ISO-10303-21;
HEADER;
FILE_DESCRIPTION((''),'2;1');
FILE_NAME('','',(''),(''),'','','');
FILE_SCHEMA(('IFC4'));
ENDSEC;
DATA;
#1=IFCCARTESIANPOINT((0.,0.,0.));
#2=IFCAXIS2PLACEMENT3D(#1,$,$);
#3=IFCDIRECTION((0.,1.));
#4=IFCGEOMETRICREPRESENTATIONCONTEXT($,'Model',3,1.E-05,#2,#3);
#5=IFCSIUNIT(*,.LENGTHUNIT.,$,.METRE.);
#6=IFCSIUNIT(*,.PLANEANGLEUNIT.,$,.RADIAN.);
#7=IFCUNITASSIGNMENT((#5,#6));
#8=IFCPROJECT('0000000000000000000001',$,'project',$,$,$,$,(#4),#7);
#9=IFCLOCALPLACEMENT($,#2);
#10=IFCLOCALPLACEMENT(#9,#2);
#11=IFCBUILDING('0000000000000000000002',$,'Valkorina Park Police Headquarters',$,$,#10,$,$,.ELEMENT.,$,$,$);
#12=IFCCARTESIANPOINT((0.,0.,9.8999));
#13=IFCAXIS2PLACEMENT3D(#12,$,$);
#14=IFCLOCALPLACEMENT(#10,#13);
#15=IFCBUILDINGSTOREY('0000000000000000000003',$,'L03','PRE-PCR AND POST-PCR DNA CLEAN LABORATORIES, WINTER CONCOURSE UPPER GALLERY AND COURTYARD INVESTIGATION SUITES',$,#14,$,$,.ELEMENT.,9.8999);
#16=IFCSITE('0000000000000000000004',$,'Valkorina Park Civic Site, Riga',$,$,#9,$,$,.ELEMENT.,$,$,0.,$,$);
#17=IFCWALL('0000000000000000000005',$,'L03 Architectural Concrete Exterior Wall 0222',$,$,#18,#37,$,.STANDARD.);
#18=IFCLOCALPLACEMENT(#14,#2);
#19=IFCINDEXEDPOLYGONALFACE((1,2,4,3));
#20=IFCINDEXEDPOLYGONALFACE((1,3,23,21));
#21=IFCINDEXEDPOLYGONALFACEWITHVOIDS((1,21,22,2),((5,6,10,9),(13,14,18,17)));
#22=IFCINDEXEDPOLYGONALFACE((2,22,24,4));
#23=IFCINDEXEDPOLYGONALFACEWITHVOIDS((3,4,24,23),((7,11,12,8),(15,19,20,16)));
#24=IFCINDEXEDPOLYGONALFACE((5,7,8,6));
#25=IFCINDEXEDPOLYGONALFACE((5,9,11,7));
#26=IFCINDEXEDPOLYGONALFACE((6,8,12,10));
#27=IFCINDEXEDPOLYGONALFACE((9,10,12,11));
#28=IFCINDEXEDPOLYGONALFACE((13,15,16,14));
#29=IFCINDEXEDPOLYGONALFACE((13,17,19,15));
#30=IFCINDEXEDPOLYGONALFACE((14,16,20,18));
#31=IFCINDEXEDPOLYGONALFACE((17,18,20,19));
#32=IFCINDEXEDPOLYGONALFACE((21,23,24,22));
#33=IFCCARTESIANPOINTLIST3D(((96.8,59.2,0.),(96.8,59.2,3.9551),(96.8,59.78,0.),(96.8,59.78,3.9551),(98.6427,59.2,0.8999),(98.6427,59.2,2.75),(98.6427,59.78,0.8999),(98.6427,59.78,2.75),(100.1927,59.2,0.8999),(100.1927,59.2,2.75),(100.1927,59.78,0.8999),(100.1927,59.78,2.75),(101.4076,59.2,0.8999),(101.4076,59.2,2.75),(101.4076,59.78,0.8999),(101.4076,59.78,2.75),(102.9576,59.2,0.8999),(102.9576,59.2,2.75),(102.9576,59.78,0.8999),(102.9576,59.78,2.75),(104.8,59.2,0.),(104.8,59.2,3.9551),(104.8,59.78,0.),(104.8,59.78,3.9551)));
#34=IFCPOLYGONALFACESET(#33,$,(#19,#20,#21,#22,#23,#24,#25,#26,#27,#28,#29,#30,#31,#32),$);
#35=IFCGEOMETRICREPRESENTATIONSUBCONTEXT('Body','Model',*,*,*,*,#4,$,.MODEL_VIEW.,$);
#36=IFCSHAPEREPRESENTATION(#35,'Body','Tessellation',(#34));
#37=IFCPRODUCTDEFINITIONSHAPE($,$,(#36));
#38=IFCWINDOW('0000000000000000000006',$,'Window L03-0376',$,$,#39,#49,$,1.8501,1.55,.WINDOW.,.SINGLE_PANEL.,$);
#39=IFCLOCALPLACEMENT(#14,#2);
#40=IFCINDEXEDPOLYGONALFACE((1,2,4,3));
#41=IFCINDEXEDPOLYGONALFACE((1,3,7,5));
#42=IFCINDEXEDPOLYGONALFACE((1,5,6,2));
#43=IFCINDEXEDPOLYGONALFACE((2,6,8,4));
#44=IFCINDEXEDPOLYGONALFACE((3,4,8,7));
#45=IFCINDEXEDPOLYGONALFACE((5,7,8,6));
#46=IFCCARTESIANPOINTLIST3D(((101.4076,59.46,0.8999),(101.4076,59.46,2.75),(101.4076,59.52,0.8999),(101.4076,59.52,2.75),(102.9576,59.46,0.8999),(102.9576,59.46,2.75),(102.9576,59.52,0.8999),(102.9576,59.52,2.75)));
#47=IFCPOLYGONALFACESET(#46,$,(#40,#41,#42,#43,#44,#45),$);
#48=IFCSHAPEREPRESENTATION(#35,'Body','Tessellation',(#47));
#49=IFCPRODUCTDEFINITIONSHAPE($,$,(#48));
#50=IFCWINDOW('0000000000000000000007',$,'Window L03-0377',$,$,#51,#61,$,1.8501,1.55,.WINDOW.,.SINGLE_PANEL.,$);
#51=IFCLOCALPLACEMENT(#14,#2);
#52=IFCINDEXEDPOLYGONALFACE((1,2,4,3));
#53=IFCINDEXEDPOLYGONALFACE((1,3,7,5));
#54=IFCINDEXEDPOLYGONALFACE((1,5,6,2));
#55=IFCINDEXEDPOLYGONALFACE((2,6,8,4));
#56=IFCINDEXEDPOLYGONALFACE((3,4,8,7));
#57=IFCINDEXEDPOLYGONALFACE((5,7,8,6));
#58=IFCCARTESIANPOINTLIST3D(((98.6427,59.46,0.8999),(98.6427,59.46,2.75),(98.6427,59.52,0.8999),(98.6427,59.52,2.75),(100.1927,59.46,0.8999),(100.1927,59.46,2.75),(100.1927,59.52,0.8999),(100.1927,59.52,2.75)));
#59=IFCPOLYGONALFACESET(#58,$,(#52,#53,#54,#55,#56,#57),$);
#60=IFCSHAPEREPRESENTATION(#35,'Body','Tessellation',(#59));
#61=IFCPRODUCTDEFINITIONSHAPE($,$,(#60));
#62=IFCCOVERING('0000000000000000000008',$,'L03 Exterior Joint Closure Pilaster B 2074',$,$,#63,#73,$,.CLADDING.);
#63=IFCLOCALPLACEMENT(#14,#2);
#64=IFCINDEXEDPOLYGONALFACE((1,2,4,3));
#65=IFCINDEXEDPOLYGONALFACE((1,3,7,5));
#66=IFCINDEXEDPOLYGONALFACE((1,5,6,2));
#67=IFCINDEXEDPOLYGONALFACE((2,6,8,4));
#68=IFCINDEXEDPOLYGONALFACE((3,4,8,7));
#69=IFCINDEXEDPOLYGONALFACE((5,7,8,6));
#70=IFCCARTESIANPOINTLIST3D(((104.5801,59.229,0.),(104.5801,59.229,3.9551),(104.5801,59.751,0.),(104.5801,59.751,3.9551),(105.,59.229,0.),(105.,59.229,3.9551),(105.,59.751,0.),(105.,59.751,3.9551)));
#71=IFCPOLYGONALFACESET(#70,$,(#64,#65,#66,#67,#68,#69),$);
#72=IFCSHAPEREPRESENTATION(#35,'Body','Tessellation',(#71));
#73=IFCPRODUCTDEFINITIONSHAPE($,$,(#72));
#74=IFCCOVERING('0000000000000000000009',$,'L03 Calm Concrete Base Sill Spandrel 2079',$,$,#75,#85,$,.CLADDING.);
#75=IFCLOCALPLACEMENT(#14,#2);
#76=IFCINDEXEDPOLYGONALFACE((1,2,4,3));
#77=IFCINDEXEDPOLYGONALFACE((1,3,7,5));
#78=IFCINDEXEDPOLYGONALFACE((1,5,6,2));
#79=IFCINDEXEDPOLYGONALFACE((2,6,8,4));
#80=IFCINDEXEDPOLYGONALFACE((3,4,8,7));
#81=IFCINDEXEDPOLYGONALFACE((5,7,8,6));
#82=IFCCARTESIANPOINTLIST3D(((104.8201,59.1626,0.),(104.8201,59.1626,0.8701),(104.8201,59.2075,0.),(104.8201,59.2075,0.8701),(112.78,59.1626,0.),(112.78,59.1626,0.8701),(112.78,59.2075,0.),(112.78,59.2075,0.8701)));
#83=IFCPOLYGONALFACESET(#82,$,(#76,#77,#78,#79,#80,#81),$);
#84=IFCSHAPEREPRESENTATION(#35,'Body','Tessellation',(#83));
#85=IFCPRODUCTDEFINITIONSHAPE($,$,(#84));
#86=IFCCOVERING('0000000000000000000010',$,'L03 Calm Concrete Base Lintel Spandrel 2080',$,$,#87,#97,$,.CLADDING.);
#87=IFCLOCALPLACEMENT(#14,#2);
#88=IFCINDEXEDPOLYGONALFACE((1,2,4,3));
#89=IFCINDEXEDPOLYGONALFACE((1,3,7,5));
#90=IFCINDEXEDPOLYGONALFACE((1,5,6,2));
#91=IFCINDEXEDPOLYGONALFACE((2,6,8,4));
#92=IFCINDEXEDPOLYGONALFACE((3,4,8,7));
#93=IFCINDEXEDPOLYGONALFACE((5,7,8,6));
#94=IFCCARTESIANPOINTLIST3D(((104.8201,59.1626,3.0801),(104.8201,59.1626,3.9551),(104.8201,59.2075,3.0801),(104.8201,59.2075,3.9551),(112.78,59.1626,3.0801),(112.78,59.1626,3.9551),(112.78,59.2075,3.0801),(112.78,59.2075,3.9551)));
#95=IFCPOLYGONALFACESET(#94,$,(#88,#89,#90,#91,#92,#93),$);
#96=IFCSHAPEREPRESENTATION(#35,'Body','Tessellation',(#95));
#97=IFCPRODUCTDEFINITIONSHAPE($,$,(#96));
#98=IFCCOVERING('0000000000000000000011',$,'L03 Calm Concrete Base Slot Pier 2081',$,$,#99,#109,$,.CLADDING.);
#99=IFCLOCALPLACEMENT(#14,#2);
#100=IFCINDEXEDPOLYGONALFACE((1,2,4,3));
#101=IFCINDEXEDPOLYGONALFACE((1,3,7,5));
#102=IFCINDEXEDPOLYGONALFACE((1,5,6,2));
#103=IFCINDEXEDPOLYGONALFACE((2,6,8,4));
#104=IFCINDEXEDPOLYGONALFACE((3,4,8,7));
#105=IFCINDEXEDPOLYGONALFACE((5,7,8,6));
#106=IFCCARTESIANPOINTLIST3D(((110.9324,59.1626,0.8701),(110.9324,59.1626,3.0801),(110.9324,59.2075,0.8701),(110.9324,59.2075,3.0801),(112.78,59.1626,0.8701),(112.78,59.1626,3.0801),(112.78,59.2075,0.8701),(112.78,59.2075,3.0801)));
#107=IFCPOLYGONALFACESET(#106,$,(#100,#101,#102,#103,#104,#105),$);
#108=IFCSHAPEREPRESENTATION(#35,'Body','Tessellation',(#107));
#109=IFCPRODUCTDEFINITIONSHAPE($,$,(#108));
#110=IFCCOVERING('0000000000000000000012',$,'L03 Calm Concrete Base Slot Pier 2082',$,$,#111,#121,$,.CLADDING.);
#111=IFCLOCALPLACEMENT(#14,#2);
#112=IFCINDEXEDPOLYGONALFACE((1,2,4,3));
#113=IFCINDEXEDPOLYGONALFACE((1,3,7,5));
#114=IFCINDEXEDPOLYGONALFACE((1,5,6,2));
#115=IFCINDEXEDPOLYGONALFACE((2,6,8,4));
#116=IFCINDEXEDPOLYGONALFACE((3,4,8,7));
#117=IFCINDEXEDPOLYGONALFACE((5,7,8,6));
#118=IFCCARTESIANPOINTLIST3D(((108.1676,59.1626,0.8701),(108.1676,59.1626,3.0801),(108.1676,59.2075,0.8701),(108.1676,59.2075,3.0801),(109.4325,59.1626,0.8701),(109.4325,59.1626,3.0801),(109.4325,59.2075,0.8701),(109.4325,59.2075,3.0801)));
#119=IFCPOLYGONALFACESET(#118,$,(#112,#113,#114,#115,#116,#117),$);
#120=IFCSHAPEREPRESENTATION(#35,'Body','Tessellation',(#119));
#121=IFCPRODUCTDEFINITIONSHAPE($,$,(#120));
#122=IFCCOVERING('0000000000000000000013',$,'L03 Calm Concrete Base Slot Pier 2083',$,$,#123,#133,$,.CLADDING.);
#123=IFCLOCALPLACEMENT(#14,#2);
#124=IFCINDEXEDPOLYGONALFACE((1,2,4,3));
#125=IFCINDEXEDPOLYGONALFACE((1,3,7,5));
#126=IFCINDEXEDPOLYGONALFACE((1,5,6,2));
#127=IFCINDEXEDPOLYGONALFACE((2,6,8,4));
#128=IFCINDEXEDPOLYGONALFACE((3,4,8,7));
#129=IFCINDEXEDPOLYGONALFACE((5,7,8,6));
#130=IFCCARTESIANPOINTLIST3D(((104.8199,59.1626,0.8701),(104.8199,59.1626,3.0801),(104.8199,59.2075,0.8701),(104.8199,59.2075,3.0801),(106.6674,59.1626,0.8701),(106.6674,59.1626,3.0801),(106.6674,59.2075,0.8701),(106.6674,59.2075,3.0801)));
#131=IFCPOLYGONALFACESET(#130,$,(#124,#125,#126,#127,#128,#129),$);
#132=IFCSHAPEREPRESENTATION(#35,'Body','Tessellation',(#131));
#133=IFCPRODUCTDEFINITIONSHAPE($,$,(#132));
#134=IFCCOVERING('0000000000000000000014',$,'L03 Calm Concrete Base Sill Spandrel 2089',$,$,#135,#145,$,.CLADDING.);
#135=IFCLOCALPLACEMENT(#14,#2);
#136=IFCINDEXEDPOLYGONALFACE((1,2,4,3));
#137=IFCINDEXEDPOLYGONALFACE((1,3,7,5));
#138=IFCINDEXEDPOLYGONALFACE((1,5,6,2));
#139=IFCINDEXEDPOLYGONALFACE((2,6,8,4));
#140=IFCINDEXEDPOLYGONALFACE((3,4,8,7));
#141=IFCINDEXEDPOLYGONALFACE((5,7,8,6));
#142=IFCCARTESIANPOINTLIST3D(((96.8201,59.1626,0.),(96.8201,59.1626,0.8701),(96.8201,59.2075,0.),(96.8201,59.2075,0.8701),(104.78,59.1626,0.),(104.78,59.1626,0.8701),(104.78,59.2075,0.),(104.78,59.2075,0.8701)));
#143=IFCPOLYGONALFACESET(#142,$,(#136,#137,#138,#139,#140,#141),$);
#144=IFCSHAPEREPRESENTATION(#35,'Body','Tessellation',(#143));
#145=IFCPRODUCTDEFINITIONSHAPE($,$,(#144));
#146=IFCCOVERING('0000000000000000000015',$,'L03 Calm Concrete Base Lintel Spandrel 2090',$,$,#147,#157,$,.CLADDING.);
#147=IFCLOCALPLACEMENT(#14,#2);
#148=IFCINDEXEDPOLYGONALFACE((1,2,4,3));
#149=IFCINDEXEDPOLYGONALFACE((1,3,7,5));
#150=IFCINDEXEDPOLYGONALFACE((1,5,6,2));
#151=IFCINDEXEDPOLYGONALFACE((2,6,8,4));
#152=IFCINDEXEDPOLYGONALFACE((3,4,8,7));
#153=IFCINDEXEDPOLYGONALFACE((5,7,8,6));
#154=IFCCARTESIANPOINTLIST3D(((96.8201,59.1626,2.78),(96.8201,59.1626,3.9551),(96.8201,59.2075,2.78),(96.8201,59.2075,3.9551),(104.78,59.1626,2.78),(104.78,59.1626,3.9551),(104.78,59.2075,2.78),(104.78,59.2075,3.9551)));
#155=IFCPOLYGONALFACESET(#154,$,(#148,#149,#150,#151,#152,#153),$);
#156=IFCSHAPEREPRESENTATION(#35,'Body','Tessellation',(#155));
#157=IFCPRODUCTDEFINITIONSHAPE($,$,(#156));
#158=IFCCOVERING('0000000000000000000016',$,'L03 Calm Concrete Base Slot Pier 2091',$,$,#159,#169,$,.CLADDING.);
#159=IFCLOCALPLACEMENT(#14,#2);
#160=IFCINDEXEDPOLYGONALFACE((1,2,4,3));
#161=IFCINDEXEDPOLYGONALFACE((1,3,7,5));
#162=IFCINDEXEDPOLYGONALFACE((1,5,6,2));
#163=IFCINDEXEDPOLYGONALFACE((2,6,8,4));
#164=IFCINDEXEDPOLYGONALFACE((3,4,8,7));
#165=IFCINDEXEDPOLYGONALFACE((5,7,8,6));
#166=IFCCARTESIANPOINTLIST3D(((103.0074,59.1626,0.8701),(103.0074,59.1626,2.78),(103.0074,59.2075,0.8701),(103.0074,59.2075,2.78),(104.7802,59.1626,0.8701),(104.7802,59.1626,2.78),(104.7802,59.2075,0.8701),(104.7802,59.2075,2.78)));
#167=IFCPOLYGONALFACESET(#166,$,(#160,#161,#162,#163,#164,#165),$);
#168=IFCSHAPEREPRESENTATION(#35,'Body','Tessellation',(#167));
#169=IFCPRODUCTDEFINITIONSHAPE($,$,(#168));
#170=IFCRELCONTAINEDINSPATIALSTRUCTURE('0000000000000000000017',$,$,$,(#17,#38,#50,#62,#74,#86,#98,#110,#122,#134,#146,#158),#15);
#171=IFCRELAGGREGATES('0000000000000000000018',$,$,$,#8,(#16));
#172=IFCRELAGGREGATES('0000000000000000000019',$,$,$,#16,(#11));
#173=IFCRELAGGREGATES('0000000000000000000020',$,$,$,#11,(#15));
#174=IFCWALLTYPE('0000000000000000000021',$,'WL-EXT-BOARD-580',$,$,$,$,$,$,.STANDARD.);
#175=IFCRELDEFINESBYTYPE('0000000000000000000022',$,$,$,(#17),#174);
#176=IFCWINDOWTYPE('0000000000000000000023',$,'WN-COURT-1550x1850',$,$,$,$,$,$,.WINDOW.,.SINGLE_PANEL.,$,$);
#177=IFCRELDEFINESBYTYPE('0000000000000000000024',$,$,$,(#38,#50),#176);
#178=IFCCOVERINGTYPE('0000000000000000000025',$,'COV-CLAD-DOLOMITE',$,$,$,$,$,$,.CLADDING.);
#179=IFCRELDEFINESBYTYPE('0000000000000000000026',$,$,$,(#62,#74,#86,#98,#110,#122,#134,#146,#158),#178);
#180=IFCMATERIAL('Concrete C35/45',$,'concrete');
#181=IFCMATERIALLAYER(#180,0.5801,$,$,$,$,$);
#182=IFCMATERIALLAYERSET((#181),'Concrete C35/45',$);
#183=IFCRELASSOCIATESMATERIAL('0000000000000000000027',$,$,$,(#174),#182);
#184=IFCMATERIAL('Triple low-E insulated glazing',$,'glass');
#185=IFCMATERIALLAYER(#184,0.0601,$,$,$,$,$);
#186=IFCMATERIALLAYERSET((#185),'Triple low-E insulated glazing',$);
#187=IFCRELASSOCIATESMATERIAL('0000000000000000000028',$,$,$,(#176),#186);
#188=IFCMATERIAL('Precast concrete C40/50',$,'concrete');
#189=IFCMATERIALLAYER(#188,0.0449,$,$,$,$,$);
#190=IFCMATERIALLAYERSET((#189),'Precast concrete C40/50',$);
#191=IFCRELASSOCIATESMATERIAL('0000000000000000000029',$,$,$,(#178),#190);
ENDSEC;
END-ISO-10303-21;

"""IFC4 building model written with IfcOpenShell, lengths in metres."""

from ifc_helpers import new_model, si_unit, direction, frame, frame_2d, origin, origin_2d, place, context, subcontext, project, spatial, rectangle, extrude, material, layer, layer_set, type_object, element, fill, save


model = new_model("IFC4")

# Units and contexts
model_context = context("Model", 3, precision=1e-05, world=origin(), true_north=direction((0.0, 1.0)))
body_context = subcontext(model_context, "Body", "Model", "MODEL_VIEW")
ifc_project = project(units=[si_unit("LENGTHUNIT", "METRE"), si_unit("PLANEANGLEUNIT", "RADIAN")], contexts=[model_context])

# Site, building, storey
site_placement = place(None, origin())
site = spatial("IfcSite", under=ifc_project, at=site_placement, Name="Valkorina Park Civic Site, Riga", CompositionType="ELEMENT", RefElevation=0.0)
building_placement = place(site_placement, origin())
building = spatial("IfcBuilding", under=site, at=building_placement, Name="Valkorina Park Police Headquarters", CompositionType="ELEMENT")
storey_placement = place(building_placement, frame((0.0, 0.0, 9.8999)))
storey = spatial("IfcBuildingStorey", under=building, at=storey_placement, Name="L03", Description="PRE-PCR AND POST-PCR DNA CLEAN LABORATORIES, WINTER CONCOURSE UPPER GALLERY AND COURTYARD INVESTIGATION SUITES", CompositionType="ELEMENT", Elevation=9.8999)

# Wall, openings, windows
ifc_material_1 = material(Name="Concrete C35/45", Category="concrete")
ifc_layer_1 = layer(ifc_material_1, 0.5801)
ifc_layer_set_1 = layer_set([ifc_layer_1], Name="Concrete C35/45")
wall_type_1 = type_object("IfcWallType", Name="WL-EXT-BOARD-580", PredefinedType="STANDARD", material=ifc_layer_set_1)
wall_1_placement = place(storey_placement, frame((104.8, 59.49, 0.0), z_axis=(0.0, 0.0, 1.0), x_axis=(-1.0, 0.0, 0.0)))
wall_1 = element("IfcWall", 1, at=wall_1_placement, inside=storey, type_object=wall_type_1, Name="L03 Architectural Concrete Exterior Wall 0222", PredefinedType="STANDARD", context=body_context, shape_type="SweptSolid", body=[
    extrude(rectangle(XDim=8.0, YDim=0.5801, at=frame_2d((4.0, 0.0))), origin(), (0.0, 0.0, 1.0), 3.9551),
])
opening_1_placement = place(wall_1_placement, frame((1.8425, 0.0, 0.8999)))
opening_1 = element("IfcOpeningElement", 2, at=opening_1_placement, cuts=wall_1, PredefinedType="OPENING", context=body_context, shape_type="SweptSolid", body=[
    extrude(rectangle(XDim=1.55, YDim=1.8501, at=frame_2d((0.7749, 0.925))), frame((0.0, 0.3, 0.0), z_axis=(0.0, -1.0, 0.0), x_axis=(1.0, 0.0, 0.0)), (0.0, 0.0, 1.0), 0.6001),
])
opening_2_placement = place(wall_1_placement, frame((4.6074, 0.0, 0.8999)))
opening_2 = element("IfcOpeningElement", 3, at=opening_2_placement, cuts=wall_1, PredefinedType="OPENING", context=body_context, shape_type="SweptSolid", body=[
    extrude(rectangle(XDim=1.55, YDim=1.8501, at=frame_2d((0.7749, 0.925))), frame((0.0, 0.3, 0.0), z_axis=(0.0, -1.0, 0.0), x_axis=(1.0, 0.0, 0.0)), (0.0, 0.0, 1.0), 0.6001),
])
ifc_material_2 = material(Name="Triple low-E insulated glazing", Category="glass")
ifc_layer_2 = layer(ifc_material_2, 0.0601)
ifc_layer_set_2 = layer_set([ifc_layer_2], Name="Triple low-E insulated glazing")
window_type = type_object("IfcWindowType", Name="WN-COURT-1550x1850", PartitioningType="SINGLE_PANEL", PredefinedType="WINDOW", material=ifc_layer_set_2)
window_1_placement = place(opening_1_placement, origin())
window_1 = element("IfcWindow", 4, at=window_1_placement, inside=storey, type_object=window_type, Name="Window L03-0376", OverallHeight=1.8501, OverallWidth=1.55, PartitioningType="SINGLE_PANEL", PredefinedType="WINDOW", context=body_context, shape_type="SweptSolid", body=[
    extrude(rectangle(XDim=1.55, YDim=1.8501, at=frame_2d((0.7749, 0.925))), frame((0.0, 0.03, 0.0), z_axis=(0.0, -1.0, 0.0), x_axis=(1.0, 0.0, 0.0)), (0.0, 0.0, 1.0), 0.0601),
])
fill(opening_1, window_1)
window_2_placement = place(opening_2_placement, origin())
window_2 = element("IfcWindow", 5, at=window_2_placement, inside=storey, type_object=window_type, Name="Window L03-0377", OverallHeight=1.8501, OverallWidth=1.55, PartitioningType="SINGLE_PANEL", PredefinedType="WINDOW", context=body_context, shape_type="SweptSolid", body=[
    extrude(rectangle(XDim=1.55, YDim=1.8501, at=frame_2d((0.7749, 0.925))), frame((0.0, 0.03, 0.0), z_axis=(0.0, -1.0, 0.0), x_axis=(1.0, 0.0, 0.0)), (0.0, 0.0, 1.0), 0.0601),
])
fill(opening_2, window_2)

# Coverings
ifc_material_3 = material(Name="Precast concrete C40/50", Category="concrete")
ifc_layer_3 = layer(ifc_material_3, 0.0449)
ifc_layer_set_3 = layer_set([ifc_layer_3], Name="Precast concrete C40/50")
covering_type = type_object("IfcCoveringType", Name="COV-CLAD-DOLOMITE", PredefinedType="CLADDING", material=ifc_layer_set_3)
covering_1_placement = place(storey_placement, frame((104.79, 59.49, 0.0), z_axis=(0.0, 0.0, 1.0), x_axis=(1.0, 0.0, 0.0)))
element("IfcCovering", 6, at=covering_1_placement, inside=storey, type_object=covering_type, Name="L03 Exterior Joint Closure Pilaster B 2074", PredefinedType="CLADDING", context=body_context, shape_type="SweptSolid", body=[
    extrude(rectangle(XDim=0.4199, YDim=0.522, at=origin_2d()), origin(), (0.0, 0.0, 1.0), 3.9551),
])
covering_2_placement = place(storey_placement, frame((112.78, 59.1851, 0.0), z_axis=(0.0, 0.0, 1.0), x_axis=(-1.0, 0.0, 0.0)))
element("IfcCovering", 7, at=covering_2_placement, inside=storey, type_object=covering_type, Name="L03 Calm Concrete Base Sill Spandrel 2079", PredefinedType="CLADDING", context=body_context, shape_type="SweptSolid", body=[
    extrude(rectangle(XDim=7.96, YDim=0.0449, at=frame_2d((3.98, 0.0))), origin(), (0.0, 0.0, 1.0), 0.8701),
])
covering_3_placement = place(storey_placement, frame((112.78, 59.1851, 3.0801), z_axis=(0.0, 0.0, 1.0), x_axis=(-1.0, 0.0, 0.0)))
element("IfcCovering", 8, at=covering_3_placement, inside=storey, type_object=covering_type, Name="L03 Calm Concrete Base Lintel Spandrel 2080", PredefinedType="CLADDING", context=body_context, shape_type="SweptSolid", body=[
    extrude(rectangle(XDim=7.96, YDim=0.0449, at=frame_2d((3.98, 0.0))), origin(), (0.0, 0.0, 1.0), 0.875),
])
covering_4_placement = place(storey_placement, frame((112.78, 59.1851, 0.8701), z_axis=(0.0, 0.0, 1.0), x_axis=(-1.0, 0.0, 0.0)))
element("IfcCovering", 9, at=covering_4_placement, inside=storey, type_object=covering_type, Name="L03 Calm Concrete Base Slot Pier 2081", PredefinedType="CLADDING", context=body_context, shape_type="SweptSolid", body=[
    extrude(rectangle(XDim=1.8477, YDim=0.0449, at=frame_2d((0.9238, 0.0))), origin(), (0.0, 0.0, 1.0), 2.21),
])
covering_5_placement = place(storey_placement, frame((109.4324, 59.1851, 0.8701), z_axis=(0.0, 0.0, 1.0), x_axis=(-1.0, 0.0, 0.0)))
element("IfcCovering", 10, at=covering_5_placement, inside=storey, type_object=covering_type, Name="L03 Calm Concrete Base Slot Pier 2082", PredefinedType="CLADDING", context=body_context, shape_type="SweptSolid", body=[
    extrude(rectangle(XDim=1.2649, YDim=0.0449, at=frame_2d((0.6323, 0.0))), origin(), (0.0, 0.0, 1.0), 2.21),
])
covering_6_placement = place(storey_placement, frame((106.6675, 59.1851, 0.8701), z_axis=(0.0, 0.0, 1.0), x_axis=(-1.0, 0.0, 0.0)))
element("IfcCovering", 11, at=covering_6_placement, inside=storey, type_object=covering_type, Name="L03 Calm Concrete Base Slot Pier 2083", PredefinedType="CLADDING", context=body_context, shape_type="SweptSolid", body=[
    extrude(rectangle(XDim=1.8474, YDim=0.0449, at=frame_2d((0.9238, 0.0))), origin(), (0.0, 0.0, 1.0), 2.21),
])
covering_7_placement = place(storey_placement, frame((104.78, 59.1851, 0.0), z_axis=(0.0, 0.0, 1.0), x_axis=(-1.0, 0.0, 0.0)))
element("IfcCovering", 12, at=covering_7_placement, inside=storey, type_object=covering_type, Name="L03 Calm Concrete Base Sill Spandrel 2089", PredefinedType="CLADDING", context=body_context, shape_type="SweptSolid", body=[
    extrude(rectangle(XDim=7.96, YDim=0.0449, at=frame_2d((3.98, 0.0))), origin(), (0.0, 0.0, 1.0), 0.8701),
])
covering_8_placement = place(storey_placement, frame((104.78, 59.1851, 2.78), z_axis=(0.0, 0.0, 1.0), x_axis=(-1.0, 0.0, 0.0)))
element("IfcCovering", 13, at=covering_8_placement, inside=storey, type_object=covering_type, Name="L03 Calm Concrete Base Lintel Spandrel 2090", PredefinedType="CLADDING", context=body_context, shape_type="SweptSolid", body=[
    extrude(rectangle(XDim=7.96, YDim=0.0449, at=frame_2d((3.98, 0.0))), origin(), (0.0, 0.0, 1.0), 1.175),
])
covering_9_placement = place(storey_placement, frame((104.78, 59.1851, 0.8701), z_axis=(0.0, 0.0, 1.0), x_axis=(-1.0, 0.0, 0.0)))
element("IfcCovering", 14, at=covering_9_placement, inside=storey, type_object=covering_type, Name="L03 Calm Concrete Base Slot Pier 2091", PredefinedType="CLADDING", context=body_context, shape_type="SweptSolid", body=[
    extrude(rectangle(XDim=1.7727, YDim=0.0449, at=frame_2d((0.8862, 0.0))), origin(), (0.0, 0.0, 1.0), 1.9099),
])

save(model, "model.ifc")
